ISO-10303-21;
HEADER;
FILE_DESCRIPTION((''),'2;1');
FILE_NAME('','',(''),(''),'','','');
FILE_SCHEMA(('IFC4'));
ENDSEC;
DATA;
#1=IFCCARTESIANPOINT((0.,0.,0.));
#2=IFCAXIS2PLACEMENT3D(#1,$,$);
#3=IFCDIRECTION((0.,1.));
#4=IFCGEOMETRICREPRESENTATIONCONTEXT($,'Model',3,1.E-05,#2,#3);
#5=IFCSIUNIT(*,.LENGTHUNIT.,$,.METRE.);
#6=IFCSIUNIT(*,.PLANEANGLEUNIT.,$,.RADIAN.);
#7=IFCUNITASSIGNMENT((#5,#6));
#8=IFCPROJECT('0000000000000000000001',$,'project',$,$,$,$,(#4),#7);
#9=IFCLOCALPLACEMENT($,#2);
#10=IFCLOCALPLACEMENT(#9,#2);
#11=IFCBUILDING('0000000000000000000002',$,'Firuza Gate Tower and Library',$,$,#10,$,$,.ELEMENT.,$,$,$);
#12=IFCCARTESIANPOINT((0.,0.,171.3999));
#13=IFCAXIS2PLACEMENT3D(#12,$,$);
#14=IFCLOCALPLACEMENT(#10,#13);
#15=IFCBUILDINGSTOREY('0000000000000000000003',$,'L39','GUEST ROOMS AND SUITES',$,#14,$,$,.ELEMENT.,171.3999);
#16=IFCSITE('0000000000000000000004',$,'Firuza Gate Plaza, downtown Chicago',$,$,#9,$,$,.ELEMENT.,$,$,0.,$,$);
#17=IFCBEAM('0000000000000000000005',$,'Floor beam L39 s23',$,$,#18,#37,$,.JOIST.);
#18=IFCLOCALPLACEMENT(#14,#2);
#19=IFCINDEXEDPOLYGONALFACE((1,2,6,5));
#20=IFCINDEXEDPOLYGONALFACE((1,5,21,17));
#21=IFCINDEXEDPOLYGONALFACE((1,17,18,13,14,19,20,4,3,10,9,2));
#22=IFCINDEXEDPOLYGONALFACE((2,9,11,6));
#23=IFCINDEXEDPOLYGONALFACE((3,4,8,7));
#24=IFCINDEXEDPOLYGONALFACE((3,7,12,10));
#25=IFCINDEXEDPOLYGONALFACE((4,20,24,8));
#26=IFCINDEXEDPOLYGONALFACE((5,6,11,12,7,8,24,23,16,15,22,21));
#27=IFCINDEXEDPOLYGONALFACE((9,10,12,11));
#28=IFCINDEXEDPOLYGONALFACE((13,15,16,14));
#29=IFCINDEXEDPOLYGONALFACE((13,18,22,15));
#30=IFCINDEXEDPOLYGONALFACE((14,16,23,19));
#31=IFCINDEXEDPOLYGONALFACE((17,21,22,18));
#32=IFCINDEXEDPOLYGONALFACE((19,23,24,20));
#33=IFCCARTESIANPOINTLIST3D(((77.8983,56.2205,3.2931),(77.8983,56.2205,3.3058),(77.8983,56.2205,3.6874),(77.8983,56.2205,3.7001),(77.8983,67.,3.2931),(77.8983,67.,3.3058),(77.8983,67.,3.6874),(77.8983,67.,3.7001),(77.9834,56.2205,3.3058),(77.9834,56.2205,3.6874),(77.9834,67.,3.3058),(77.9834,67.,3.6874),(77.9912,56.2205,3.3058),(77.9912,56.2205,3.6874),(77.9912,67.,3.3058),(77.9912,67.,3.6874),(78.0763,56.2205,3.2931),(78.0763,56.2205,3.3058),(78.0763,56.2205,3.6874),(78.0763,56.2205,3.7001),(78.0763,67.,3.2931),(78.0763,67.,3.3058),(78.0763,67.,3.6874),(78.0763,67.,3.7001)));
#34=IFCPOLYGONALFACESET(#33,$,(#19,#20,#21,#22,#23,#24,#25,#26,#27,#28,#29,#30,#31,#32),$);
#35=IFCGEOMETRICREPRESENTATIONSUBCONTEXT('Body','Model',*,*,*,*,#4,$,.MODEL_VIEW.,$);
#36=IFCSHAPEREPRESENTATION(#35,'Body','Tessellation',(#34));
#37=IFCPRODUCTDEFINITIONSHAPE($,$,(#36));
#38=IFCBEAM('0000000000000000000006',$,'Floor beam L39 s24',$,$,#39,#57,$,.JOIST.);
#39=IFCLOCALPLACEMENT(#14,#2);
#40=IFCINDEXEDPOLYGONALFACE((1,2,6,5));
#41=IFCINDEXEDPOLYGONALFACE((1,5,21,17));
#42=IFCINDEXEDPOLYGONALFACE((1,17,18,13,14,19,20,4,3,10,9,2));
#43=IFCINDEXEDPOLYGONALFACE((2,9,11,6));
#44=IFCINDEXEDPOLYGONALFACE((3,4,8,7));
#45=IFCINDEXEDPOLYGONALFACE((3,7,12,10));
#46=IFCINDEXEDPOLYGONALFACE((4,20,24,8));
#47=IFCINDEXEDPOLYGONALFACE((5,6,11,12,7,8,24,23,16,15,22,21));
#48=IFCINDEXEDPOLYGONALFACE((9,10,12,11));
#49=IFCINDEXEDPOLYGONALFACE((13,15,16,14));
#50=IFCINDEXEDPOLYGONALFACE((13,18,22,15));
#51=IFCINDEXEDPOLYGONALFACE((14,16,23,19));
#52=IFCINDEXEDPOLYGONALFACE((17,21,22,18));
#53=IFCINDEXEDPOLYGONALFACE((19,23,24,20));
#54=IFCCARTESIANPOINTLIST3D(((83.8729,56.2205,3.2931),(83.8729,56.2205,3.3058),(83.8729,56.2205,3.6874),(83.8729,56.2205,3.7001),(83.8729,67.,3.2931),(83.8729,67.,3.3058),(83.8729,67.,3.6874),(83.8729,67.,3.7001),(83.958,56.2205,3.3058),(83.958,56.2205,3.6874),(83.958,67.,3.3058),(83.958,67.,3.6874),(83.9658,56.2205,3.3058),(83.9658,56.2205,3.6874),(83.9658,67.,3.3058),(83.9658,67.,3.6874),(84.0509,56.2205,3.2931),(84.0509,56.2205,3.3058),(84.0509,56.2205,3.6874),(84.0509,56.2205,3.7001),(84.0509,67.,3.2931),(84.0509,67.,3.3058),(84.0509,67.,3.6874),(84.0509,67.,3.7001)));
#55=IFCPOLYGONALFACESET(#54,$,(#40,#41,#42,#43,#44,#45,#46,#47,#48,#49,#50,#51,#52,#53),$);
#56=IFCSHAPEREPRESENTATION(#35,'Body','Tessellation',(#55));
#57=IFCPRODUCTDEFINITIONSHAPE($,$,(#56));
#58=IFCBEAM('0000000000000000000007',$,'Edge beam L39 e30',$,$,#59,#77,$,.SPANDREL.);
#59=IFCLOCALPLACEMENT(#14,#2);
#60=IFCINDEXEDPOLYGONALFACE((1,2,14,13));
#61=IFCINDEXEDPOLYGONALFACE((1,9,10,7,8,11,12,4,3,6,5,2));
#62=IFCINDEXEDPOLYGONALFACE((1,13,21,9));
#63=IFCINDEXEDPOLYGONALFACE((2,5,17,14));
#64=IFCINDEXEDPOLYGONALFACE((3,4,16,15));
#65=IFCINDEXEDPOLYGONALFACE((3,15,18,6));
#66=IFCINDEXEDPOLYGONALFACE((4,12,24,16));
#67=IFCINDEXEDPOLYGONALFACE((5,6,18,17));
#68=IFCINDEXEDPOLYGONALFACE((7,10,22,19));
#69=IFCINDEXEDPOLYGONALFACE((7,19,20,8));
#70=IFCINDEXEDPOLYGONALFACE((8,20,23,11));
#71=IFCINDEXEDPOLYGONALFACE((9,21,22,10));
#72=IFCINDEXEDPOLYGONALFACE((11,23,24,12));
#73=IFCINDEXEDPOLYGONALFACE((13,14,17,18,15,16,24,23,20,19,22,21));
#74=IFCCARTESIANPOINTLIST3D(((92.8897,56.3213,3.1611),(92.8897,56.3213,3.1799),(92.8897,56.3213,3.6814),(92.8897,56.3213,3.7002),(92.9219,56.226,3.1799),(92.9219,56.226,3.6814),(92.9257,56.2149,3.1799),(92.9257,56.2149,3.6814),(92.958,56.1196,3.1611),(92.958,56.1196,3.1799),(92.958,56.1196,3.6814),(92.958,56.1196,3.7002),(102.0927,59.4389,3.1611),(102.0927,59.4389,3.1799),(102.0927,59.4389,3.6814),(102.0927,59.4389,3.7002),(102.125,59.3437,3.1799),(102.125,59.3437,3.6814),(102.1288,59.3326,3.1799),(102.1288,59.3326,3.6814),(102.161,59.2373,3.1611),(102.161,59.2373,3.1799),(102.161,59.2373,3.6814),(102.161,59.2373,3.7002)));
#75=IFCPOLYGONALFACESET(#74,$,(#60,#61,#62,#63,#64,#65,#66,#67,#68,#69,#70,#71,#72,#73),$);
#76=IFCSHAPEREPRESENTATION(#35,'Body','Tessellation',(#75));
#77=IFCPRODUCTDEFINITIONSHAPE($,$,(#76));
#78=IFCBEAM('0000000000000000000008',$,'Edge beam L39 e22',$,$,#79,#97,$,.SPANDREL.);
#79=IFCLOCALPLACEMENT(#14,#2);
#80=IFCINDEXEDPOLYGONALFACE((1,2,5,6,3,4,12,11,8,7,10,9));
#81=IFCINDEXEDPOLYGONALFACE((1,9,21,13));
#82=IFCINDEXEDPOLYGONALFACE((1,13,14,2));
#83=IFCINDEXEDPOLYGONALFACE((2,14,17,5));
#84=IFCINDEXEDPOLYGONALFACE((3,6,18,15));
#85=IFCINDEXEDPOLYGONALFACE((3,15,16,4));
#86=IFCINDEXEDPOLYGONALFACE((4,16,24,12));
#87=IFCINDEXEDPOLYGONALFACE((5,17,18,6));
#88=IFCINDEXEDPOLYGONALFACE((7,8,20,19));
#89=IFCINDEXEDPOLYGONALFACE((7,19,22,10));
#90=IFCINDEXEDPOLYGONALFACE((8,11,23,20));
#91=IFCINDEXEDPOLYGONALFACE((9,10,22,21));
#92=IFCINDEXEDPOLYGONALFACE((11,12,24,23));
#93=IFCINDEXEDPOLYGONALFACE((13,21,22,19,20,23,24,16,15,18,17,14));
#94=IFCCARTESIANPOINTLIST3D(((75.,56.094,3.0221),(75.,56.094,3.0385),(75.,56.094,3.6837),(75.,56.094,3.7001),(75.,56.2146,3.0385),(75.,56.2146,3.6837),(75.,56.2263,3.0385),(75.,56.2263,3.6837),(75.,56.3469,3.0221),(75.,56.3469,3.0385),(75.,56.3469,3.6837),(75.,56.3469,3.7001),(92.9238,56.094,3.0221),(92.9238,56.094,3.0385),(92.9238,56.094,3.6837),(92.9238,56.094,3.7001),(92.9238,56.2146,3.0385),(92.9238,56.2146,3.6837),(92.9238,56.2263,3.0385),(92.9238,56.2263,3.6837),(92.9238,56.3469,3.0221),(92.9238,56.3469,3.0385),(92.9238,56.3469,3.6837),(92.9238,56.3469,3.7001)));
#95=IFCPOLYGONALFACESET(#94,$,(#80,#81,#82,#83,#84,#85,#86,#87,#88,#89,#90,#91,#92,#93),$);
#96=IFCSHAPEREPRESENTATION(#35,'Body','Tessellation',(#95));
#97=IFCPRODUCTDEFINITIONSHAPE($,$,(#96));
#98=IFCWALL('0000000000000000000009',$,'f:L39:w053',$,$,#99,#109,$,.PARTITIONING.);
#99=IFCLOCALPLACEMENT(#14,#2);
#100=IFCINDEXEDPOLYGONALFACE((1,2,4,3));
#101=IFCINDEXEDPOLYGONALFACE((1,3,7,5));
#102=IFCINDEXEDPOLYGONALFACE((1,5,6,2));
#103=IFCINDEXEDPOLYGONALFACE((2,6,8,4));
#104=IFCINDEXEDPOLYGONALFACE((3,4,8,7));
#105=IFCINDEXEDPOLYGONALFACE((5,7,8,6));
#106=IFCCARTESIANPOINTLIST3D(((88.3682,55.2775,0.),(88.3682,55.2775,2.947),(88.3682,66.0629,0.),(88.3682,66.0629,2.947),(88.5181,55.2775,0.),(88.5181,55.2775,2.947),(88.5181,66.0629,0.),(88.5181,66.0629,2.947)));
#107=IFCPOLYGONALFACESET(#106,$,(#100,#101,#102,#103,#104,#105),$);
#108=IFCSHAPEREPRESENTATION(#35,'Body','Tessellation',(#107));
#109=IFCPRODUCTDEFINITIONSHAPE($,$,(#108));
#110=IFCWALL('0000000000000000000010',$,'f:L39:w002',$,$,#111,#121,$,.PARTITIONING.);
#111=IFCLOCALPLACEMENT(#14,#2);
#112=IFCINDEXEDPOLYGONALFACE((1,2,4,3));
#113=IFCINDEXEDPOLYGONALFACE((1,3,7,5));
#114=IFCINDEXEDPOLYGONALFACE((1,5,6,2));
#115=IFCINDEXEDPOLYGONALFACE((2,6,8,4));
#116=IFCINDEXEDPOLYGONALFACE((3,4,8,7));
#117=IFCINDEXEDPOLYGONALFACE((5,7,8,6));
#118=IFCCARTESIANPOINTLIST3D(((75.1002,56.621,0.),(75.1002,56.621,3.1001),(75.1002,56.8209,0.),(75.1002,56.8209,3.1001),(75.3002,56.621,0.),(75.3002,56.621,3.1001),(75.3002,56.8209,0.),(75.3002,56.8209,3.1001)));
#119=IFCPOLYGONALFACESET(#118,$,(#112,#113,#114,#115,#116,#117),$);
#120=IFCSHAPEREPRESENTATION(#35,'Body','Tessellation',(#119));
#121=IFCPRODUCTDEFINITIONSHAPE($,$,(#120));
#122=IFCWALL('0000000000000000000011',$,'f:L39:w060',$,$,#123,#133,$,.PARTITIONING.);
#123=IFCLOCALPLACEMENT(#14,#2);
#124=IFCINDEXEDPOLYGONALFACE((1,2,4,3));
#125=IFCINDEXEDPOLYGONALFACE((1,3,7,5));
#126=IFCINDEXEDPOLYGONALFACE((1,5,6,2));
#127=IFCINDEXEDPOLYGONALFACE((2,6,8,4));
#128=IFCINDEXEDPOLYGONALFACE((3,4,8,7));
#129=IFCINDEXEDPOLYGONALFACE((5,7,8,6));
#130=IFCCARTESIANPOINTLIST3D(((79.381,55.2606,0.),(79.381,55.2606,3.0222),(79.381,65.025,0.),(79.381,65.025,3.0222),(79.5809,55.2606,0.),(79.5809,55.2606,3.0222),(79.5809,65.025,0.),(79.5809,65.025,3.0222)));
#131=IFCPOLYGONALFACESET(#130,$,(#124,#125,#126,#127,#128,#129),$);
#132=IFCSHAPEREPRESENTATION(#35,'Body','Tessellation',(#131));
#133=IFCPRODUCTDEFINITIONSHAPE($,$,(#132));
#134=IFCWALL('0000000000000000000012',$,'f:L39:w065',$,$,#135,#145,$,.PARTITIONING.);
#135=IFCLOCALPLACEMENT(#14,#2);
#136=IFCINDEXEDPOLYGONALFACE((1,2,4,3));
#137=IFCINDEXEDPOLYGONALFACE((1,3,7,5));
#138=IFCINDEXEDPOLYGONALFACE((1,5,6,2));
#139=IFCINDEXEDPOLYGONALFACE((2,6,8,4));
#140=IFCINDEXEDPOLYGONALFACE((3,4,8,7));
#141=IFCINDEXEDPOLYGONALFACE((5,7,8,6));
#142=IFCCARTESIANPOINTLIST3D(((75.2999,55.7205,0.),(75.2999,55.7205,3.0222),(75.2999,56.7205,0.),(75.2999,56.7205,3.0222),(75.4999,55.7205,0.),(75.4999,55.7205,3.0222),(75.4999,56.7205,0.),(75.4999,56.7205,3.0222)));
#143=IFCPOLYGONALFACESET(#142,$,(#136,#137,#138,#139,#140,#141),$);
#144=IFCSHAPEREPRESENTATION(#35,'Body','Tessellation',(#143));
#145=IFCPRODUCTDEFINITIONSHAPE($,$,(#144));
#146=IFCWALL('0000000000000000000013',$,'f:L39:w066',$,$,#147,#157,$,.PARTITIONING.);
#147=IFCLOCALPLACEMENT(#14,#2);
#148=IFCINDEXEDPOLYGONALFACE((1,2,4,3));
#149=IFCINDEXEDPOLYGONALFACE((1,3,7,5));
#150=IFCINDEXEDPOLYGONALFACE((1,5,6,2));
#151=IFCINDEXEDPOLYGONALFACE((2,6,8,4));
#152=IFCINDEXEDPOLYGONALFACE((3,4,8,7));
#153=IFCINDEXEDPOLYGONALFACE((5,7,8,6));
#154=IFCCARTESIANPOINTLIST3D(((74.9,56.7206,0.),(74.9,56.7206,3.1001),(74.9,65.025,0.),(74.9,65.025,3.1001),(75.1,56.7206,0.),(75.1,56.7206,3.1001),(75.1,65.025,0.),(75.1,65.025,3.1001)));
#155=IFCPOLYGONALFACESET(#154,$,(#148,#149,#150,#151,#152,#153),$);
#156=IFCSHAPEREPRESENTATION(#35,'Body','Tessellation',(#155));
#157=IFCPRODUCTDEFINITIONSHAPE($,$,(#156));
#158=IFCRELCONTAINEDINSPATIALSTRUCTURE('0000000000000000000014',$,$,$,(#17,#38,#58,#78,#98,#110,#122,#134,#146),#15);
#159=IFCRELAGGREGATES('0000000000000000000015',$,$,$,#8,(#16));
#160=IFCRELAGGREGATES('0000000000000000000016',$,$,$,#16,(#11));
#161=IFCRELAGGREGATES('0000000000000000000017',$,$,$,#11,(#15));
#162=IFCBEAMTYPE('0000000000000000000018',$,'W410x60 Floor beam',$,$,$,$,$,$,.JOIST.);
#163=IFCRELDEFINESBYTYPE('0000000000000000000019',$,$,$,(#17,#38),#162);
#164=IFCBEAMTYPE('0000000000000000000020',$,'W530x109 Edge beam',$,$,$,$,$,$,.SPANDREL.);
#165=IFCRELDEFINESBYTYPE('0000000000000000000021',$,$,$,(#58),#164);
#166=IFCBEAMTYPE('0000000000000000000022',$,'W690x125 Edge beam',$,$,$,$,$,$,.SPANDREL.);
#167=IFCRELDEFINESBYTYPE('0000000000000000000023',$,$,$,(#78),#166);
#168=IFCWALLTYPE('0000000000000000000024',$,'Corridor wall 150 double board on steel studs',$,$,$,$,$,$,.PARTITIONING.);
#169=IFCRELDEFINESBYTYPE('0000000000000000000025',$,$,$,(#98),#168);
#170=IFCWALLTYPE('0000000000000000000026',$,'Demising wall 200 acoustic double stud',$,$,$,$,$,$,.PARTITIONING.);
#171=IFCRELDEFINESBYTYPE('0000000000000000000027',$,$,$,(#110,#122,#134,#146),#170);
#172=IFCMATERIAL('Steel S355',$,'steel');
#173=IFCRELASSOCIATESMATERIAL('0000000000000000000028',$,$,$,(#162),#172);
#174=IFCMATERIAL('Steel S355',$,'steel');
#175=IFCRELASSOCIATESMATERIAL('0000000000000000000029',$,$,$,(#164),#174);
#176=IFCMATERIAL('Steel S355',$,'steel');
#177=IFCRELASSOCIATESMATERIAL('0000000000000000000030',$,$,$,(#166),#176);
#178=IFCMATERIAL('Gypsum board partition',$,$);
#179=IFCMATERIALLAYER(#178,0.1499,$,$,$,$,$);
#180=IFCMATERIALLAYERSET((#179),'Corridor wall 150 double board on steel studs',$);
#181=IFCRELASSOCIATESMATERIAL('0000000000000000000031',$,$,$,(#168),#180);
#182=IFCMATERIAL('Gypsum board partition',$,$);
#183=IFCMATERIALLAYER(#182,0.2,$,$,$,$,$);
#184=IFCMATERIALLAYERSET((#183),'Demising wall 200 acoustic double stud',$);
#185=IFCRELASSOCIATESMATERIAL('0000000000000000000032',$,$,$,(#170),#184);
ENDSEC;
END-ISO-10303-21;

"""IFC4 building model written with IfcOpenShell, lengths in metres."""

from ifc_helpers import new_model, si_unit, direction, frame, frame_2d, origin, origin_2d, place, context, subcontext, project, spatial, rectangle, i_section, extrude, material, layer, layer_set, material_profile, profile_set, type_object, element, save


model = new_model("IFC4")

# Units and contexts
model_context = context("Model", 3, precision=1e-05, world=origin(), true_north=direction((0.0, 1.0)))
body_context = subcontext(model_context, "Body", "Model", "MODEL_VIEW")
ifc_project = project(units=[si_unit("LENGTHUNIT", "METRE"), si_unit("PLANEANGLEUNIT", "RADIAN")], contexts=[model_context])

# Site, building, storey
site_placement = place(None, origin())
site = spatial("IfcSite", under=ifc_project, at=site_placement, Name="Firuza Gate Plaza, downtown Chicago", CompositionType="ELEMENT", RefElevation=0.0)
building_placement = place(site_placement, origin())
building = spatial("IfcBuilding", under=site, at=building_placement, Name="Firuza Gate Tower and Library", CompositionType="ELEMENT")
storey_placement = place(building_placement, frame((0.0, 0.0, 171.3999)))
storey = spatial("IfcBuildingStorey", under=building, at=storey_placement, Name="L39", Description="GUEST ROOMS AND SUITES", CompositionType="ELEMENT", Elevation=171.3999)

# Beams
ifc_material_1 = material(Name="Steel S355", Category="steel")
ifc_material_profile_1 = material_profile(ifc_material_1, i_section(OverallWidth=0.178, OverallDepth=0.407, WebThickness=0.0078, FlangeThickness=0.0127, at=origin_2d()))
ifc_profile_set_1 = profile_set([ifc_material_profile_1], Name="Steel S355")
beam_type_1 = type_object("IfcBeamType", Name="W410x60 Floor beam", PredefinedType="JOIST", material=ifc_profile_set_1)
for number, where, z_axis, x_axis, name in (
    (1, (77.9873, 56.2205, 3.4966), (0.0, 1.0, 0.0), (-1.0, 0.0, 0.0), "Floor beam L39 s23"),
    (2, (83.9619, 56.2205, 3.4966), (0.0, 1.0, 0.0), (-1.0, 0.0, 0.0), "Floor beam L39 s24"),
):
    element("IfcBeam", number, at=place(storey_placement, frame(where, z_axis=z_axis, x_axis=x_axis)), inside=storey, type_object=beam_type_1, Name=name, PredefinedType="JOIST", context=body_context, shape_type="SweptSolid", body=[
        extrude(i_section(OverallWidth=0.178, OverallDepth=0.407, WebThickness=0.0078, FlangeThickness=0.0127, at=origin_2d()), origin(), (0.0, 0.0, 1.0), 10.7795),
    ])
ifc_material_2 = material(Name="Steel S355", Category="steel")
ifc_material_profile_2 = material_profile(ifc_material_2, i_section(OverallWidth=0.2129, OverallDepth=0.5391, WebThickness=0.0117, FlangeThickness=0.0188, at=origin_2d()))
ifc_profile_set_2 = profile_set([ifc_material_profile_2], Name="Steel S355")
beam_type_2 = type_object("IfcBeamType", Name="W530x109 Edge beam", PredefinedType="SPANDREL", material=ifc_profile_set_2)
beam_1_placement = place(storey_placement, frame((92.9238, 56.2205, 3.4307), z_axis=(0.947129, 0.320852, 0.0), x_axis=(-0.320852, 0.947129, 0.0)))
element("IfcBeam", 3, at=beam_1_placement, inside=storey, type_object=beam_type_2, Name="Edge beam L39 e30", PredefinedType="SPANDREL", context=body_context, shape_type="SweptSolid", body=[
    extrude(i_section(OverallWidth=0.2129, OverallDepth=0.5391, WebThickness=0.0117, FlangeThickness=0.0188, at=origin_2d()), origin(), (0.0, 0.0, 1.0), 9.7168),
])
ifc_material_3 = material(Name="Steel S355", Category="steel")
ifc_material_profile_3 = material_profile(ifc_material_3, i_section(OverallWidth=0.2529, OverallDepth=0.678, WebThickness=0.0117, FlangeThickness=0.0164, at=origin_2d()))
ifc_profile_set_3 = profile_set([ifc_material_profile_3], Name="Steel S355")
beam_type_3 = type_object("IfcBeamType", Name="W690x125 Edge beam", PredefinedType="SPANDREL", material=ifc_profile_set_3)
beam_2_placement = place(storey_placement, frame((75.0, 56.2205, 3.3611), z_axis=(1.0, 0.0, 0.0), x_axis=(0.0, 1.0, 0.0)))
element("IfcBeam", 4, at=beam_2_placement, inside=storey, type_object=beam_type_3, Name="Edge beam L39 e22", PredefinedType="SPANDREL", context=body_context, shape_type="SweptSolid", body=[
    extrude(i_section(OverallWidth=0.2529, OverallDepth=0.678, WebThickness=0.0117, FlangeThickness=0.0164, at=origin_2d()), origin(), (0.0, 0.0, 1.0), 17.9238),
])

# Walls
ifc_material_4 = material(Name="Gypsum board partition")
ifc_layer_1 = layer(ifc_material_4, 0.1499)
ifc_layer_set_1 = layer_set([ifc_layer_1], Name="Corridor wall 150 double board on steel studs")
wall_type_1 = type_object("IfcWallType", Name="Corridor wall 150 double board on steel studs", PredefinedType="PARTITIONING", material=ifc_layer_set_1)
wall_1_placement = place(storey_placement, frame((88.4431, 55.2776, 0.0), z_axis=(0.0, 0.0, 1.0), x_axis=(0.0, 1.0, 0.0)))
element("IfcWall", 5, at=wall_1_placement, inside=storey, type_object=wall_type_1, Name="f:L39:w053", PredefinedType="PARTITIONING", context=body_context, shape_type="SweptSolid", body=[
    extrude(rectangle(XDim=10.7854, YDim=0.1499, at=frame_2d((5.3926, 0.0))), origin(), (0.0, 0.0, 1.0), 2.947),
])
ifc_material_5 = material(Name="Gypsum board partition")
ifc_layer_2 = layer(ifc_material_5, 0.2)
ifc_layer_set_2 = layer_set([ifc_layer_2], Name="Demising wall 200 acoustic double stud")
wall_type_2 = type_object("IfcWallType", Name="Demising wall 200 acoustic double stud", PredefinedType="PARTITIONING", material=ifc_layer_set_2)
wall_2_placement = place(storey_placement, frame((75.1001, 56.7209, 0.0), z_axis=(0.0, 0.0, 1.0), x_axis=(1.0, 0.0, 0.0)))
element("IfcWall", 6, at=wall_2_placement, inside=storey, type_object=wall_type_2, Name="f:L39:w002", PredefinedType="PARTITIONING", context=body_context, shape_type="SweptSolid", body=[
    extrude(rectangle(XDim=0.2, YDim=0.2, at=frame_2d((0.1001, 0.0))), origin(), (0.0, 0.0, 1.0), 3.1001),
])
wall_3_placement = place(storey_placement, frame((79.481, 55.2605, 0.0), z_axis=(0.0, 0.0, 1.0), x_axis=(0.0, 1.0, 0.0)))
element("IfcWall", 7, at=wall_3_placement, inside=storey, type_object=wall_type_2, Name="f:L39:w060", PredefinedType="PARTITIONING", context=body_context, shape_type="SweptSolid", body=[
    extrude(rectangle(XDim=9.7644, YDim=0.2, at=frame_2d((4.8823, 0.0))), origin(), (0.0, 0.0, 1.0), 3.0222),
])
wall_4_placement = place(storey_placement, frame((75.3999, 55.7205, 0.0), z_axis=(0.0, 0.0, 1.0), x_axis=(0.0, 1.0, 0.0)))
element("IfcWall", 8, at=wall_4_placement, inside=storey, type_object=wall_type_2, Name="f:L39:w065", PredefinedType="PARTITIONING", context=body_context, shape_type="SweptSolid", body=[
    extrude(rectangle(XDim=1.0, YDim=0.2, at=frame_2d((0.5, 0.0))), origin(), (0.0, 0.0, 1.0), 3.0222),
])
wall_5_placement = place(storey_placement, frame((75.0, 56.7205, 0.0), z_axis=(0.0, 0.0, 1.0), x_axis=(0.0, 1.0, 0.0)))
element("IfcWall", 9, at=wall_5_placement, inside=storey, type_object=wall_type_2, Name="f:L39:w066", PredefinedType="PARTITIONING", context=body_context, shape_type="SweptSolid", body=[
    extrude(rectangle(XDim=8.3044, YDim=0.2, at=frame_2d((4.1523, 0.0))), origin(), (0.0, 0.0, 1.0), 3.1001),
])

save(model, "model.ifc")
